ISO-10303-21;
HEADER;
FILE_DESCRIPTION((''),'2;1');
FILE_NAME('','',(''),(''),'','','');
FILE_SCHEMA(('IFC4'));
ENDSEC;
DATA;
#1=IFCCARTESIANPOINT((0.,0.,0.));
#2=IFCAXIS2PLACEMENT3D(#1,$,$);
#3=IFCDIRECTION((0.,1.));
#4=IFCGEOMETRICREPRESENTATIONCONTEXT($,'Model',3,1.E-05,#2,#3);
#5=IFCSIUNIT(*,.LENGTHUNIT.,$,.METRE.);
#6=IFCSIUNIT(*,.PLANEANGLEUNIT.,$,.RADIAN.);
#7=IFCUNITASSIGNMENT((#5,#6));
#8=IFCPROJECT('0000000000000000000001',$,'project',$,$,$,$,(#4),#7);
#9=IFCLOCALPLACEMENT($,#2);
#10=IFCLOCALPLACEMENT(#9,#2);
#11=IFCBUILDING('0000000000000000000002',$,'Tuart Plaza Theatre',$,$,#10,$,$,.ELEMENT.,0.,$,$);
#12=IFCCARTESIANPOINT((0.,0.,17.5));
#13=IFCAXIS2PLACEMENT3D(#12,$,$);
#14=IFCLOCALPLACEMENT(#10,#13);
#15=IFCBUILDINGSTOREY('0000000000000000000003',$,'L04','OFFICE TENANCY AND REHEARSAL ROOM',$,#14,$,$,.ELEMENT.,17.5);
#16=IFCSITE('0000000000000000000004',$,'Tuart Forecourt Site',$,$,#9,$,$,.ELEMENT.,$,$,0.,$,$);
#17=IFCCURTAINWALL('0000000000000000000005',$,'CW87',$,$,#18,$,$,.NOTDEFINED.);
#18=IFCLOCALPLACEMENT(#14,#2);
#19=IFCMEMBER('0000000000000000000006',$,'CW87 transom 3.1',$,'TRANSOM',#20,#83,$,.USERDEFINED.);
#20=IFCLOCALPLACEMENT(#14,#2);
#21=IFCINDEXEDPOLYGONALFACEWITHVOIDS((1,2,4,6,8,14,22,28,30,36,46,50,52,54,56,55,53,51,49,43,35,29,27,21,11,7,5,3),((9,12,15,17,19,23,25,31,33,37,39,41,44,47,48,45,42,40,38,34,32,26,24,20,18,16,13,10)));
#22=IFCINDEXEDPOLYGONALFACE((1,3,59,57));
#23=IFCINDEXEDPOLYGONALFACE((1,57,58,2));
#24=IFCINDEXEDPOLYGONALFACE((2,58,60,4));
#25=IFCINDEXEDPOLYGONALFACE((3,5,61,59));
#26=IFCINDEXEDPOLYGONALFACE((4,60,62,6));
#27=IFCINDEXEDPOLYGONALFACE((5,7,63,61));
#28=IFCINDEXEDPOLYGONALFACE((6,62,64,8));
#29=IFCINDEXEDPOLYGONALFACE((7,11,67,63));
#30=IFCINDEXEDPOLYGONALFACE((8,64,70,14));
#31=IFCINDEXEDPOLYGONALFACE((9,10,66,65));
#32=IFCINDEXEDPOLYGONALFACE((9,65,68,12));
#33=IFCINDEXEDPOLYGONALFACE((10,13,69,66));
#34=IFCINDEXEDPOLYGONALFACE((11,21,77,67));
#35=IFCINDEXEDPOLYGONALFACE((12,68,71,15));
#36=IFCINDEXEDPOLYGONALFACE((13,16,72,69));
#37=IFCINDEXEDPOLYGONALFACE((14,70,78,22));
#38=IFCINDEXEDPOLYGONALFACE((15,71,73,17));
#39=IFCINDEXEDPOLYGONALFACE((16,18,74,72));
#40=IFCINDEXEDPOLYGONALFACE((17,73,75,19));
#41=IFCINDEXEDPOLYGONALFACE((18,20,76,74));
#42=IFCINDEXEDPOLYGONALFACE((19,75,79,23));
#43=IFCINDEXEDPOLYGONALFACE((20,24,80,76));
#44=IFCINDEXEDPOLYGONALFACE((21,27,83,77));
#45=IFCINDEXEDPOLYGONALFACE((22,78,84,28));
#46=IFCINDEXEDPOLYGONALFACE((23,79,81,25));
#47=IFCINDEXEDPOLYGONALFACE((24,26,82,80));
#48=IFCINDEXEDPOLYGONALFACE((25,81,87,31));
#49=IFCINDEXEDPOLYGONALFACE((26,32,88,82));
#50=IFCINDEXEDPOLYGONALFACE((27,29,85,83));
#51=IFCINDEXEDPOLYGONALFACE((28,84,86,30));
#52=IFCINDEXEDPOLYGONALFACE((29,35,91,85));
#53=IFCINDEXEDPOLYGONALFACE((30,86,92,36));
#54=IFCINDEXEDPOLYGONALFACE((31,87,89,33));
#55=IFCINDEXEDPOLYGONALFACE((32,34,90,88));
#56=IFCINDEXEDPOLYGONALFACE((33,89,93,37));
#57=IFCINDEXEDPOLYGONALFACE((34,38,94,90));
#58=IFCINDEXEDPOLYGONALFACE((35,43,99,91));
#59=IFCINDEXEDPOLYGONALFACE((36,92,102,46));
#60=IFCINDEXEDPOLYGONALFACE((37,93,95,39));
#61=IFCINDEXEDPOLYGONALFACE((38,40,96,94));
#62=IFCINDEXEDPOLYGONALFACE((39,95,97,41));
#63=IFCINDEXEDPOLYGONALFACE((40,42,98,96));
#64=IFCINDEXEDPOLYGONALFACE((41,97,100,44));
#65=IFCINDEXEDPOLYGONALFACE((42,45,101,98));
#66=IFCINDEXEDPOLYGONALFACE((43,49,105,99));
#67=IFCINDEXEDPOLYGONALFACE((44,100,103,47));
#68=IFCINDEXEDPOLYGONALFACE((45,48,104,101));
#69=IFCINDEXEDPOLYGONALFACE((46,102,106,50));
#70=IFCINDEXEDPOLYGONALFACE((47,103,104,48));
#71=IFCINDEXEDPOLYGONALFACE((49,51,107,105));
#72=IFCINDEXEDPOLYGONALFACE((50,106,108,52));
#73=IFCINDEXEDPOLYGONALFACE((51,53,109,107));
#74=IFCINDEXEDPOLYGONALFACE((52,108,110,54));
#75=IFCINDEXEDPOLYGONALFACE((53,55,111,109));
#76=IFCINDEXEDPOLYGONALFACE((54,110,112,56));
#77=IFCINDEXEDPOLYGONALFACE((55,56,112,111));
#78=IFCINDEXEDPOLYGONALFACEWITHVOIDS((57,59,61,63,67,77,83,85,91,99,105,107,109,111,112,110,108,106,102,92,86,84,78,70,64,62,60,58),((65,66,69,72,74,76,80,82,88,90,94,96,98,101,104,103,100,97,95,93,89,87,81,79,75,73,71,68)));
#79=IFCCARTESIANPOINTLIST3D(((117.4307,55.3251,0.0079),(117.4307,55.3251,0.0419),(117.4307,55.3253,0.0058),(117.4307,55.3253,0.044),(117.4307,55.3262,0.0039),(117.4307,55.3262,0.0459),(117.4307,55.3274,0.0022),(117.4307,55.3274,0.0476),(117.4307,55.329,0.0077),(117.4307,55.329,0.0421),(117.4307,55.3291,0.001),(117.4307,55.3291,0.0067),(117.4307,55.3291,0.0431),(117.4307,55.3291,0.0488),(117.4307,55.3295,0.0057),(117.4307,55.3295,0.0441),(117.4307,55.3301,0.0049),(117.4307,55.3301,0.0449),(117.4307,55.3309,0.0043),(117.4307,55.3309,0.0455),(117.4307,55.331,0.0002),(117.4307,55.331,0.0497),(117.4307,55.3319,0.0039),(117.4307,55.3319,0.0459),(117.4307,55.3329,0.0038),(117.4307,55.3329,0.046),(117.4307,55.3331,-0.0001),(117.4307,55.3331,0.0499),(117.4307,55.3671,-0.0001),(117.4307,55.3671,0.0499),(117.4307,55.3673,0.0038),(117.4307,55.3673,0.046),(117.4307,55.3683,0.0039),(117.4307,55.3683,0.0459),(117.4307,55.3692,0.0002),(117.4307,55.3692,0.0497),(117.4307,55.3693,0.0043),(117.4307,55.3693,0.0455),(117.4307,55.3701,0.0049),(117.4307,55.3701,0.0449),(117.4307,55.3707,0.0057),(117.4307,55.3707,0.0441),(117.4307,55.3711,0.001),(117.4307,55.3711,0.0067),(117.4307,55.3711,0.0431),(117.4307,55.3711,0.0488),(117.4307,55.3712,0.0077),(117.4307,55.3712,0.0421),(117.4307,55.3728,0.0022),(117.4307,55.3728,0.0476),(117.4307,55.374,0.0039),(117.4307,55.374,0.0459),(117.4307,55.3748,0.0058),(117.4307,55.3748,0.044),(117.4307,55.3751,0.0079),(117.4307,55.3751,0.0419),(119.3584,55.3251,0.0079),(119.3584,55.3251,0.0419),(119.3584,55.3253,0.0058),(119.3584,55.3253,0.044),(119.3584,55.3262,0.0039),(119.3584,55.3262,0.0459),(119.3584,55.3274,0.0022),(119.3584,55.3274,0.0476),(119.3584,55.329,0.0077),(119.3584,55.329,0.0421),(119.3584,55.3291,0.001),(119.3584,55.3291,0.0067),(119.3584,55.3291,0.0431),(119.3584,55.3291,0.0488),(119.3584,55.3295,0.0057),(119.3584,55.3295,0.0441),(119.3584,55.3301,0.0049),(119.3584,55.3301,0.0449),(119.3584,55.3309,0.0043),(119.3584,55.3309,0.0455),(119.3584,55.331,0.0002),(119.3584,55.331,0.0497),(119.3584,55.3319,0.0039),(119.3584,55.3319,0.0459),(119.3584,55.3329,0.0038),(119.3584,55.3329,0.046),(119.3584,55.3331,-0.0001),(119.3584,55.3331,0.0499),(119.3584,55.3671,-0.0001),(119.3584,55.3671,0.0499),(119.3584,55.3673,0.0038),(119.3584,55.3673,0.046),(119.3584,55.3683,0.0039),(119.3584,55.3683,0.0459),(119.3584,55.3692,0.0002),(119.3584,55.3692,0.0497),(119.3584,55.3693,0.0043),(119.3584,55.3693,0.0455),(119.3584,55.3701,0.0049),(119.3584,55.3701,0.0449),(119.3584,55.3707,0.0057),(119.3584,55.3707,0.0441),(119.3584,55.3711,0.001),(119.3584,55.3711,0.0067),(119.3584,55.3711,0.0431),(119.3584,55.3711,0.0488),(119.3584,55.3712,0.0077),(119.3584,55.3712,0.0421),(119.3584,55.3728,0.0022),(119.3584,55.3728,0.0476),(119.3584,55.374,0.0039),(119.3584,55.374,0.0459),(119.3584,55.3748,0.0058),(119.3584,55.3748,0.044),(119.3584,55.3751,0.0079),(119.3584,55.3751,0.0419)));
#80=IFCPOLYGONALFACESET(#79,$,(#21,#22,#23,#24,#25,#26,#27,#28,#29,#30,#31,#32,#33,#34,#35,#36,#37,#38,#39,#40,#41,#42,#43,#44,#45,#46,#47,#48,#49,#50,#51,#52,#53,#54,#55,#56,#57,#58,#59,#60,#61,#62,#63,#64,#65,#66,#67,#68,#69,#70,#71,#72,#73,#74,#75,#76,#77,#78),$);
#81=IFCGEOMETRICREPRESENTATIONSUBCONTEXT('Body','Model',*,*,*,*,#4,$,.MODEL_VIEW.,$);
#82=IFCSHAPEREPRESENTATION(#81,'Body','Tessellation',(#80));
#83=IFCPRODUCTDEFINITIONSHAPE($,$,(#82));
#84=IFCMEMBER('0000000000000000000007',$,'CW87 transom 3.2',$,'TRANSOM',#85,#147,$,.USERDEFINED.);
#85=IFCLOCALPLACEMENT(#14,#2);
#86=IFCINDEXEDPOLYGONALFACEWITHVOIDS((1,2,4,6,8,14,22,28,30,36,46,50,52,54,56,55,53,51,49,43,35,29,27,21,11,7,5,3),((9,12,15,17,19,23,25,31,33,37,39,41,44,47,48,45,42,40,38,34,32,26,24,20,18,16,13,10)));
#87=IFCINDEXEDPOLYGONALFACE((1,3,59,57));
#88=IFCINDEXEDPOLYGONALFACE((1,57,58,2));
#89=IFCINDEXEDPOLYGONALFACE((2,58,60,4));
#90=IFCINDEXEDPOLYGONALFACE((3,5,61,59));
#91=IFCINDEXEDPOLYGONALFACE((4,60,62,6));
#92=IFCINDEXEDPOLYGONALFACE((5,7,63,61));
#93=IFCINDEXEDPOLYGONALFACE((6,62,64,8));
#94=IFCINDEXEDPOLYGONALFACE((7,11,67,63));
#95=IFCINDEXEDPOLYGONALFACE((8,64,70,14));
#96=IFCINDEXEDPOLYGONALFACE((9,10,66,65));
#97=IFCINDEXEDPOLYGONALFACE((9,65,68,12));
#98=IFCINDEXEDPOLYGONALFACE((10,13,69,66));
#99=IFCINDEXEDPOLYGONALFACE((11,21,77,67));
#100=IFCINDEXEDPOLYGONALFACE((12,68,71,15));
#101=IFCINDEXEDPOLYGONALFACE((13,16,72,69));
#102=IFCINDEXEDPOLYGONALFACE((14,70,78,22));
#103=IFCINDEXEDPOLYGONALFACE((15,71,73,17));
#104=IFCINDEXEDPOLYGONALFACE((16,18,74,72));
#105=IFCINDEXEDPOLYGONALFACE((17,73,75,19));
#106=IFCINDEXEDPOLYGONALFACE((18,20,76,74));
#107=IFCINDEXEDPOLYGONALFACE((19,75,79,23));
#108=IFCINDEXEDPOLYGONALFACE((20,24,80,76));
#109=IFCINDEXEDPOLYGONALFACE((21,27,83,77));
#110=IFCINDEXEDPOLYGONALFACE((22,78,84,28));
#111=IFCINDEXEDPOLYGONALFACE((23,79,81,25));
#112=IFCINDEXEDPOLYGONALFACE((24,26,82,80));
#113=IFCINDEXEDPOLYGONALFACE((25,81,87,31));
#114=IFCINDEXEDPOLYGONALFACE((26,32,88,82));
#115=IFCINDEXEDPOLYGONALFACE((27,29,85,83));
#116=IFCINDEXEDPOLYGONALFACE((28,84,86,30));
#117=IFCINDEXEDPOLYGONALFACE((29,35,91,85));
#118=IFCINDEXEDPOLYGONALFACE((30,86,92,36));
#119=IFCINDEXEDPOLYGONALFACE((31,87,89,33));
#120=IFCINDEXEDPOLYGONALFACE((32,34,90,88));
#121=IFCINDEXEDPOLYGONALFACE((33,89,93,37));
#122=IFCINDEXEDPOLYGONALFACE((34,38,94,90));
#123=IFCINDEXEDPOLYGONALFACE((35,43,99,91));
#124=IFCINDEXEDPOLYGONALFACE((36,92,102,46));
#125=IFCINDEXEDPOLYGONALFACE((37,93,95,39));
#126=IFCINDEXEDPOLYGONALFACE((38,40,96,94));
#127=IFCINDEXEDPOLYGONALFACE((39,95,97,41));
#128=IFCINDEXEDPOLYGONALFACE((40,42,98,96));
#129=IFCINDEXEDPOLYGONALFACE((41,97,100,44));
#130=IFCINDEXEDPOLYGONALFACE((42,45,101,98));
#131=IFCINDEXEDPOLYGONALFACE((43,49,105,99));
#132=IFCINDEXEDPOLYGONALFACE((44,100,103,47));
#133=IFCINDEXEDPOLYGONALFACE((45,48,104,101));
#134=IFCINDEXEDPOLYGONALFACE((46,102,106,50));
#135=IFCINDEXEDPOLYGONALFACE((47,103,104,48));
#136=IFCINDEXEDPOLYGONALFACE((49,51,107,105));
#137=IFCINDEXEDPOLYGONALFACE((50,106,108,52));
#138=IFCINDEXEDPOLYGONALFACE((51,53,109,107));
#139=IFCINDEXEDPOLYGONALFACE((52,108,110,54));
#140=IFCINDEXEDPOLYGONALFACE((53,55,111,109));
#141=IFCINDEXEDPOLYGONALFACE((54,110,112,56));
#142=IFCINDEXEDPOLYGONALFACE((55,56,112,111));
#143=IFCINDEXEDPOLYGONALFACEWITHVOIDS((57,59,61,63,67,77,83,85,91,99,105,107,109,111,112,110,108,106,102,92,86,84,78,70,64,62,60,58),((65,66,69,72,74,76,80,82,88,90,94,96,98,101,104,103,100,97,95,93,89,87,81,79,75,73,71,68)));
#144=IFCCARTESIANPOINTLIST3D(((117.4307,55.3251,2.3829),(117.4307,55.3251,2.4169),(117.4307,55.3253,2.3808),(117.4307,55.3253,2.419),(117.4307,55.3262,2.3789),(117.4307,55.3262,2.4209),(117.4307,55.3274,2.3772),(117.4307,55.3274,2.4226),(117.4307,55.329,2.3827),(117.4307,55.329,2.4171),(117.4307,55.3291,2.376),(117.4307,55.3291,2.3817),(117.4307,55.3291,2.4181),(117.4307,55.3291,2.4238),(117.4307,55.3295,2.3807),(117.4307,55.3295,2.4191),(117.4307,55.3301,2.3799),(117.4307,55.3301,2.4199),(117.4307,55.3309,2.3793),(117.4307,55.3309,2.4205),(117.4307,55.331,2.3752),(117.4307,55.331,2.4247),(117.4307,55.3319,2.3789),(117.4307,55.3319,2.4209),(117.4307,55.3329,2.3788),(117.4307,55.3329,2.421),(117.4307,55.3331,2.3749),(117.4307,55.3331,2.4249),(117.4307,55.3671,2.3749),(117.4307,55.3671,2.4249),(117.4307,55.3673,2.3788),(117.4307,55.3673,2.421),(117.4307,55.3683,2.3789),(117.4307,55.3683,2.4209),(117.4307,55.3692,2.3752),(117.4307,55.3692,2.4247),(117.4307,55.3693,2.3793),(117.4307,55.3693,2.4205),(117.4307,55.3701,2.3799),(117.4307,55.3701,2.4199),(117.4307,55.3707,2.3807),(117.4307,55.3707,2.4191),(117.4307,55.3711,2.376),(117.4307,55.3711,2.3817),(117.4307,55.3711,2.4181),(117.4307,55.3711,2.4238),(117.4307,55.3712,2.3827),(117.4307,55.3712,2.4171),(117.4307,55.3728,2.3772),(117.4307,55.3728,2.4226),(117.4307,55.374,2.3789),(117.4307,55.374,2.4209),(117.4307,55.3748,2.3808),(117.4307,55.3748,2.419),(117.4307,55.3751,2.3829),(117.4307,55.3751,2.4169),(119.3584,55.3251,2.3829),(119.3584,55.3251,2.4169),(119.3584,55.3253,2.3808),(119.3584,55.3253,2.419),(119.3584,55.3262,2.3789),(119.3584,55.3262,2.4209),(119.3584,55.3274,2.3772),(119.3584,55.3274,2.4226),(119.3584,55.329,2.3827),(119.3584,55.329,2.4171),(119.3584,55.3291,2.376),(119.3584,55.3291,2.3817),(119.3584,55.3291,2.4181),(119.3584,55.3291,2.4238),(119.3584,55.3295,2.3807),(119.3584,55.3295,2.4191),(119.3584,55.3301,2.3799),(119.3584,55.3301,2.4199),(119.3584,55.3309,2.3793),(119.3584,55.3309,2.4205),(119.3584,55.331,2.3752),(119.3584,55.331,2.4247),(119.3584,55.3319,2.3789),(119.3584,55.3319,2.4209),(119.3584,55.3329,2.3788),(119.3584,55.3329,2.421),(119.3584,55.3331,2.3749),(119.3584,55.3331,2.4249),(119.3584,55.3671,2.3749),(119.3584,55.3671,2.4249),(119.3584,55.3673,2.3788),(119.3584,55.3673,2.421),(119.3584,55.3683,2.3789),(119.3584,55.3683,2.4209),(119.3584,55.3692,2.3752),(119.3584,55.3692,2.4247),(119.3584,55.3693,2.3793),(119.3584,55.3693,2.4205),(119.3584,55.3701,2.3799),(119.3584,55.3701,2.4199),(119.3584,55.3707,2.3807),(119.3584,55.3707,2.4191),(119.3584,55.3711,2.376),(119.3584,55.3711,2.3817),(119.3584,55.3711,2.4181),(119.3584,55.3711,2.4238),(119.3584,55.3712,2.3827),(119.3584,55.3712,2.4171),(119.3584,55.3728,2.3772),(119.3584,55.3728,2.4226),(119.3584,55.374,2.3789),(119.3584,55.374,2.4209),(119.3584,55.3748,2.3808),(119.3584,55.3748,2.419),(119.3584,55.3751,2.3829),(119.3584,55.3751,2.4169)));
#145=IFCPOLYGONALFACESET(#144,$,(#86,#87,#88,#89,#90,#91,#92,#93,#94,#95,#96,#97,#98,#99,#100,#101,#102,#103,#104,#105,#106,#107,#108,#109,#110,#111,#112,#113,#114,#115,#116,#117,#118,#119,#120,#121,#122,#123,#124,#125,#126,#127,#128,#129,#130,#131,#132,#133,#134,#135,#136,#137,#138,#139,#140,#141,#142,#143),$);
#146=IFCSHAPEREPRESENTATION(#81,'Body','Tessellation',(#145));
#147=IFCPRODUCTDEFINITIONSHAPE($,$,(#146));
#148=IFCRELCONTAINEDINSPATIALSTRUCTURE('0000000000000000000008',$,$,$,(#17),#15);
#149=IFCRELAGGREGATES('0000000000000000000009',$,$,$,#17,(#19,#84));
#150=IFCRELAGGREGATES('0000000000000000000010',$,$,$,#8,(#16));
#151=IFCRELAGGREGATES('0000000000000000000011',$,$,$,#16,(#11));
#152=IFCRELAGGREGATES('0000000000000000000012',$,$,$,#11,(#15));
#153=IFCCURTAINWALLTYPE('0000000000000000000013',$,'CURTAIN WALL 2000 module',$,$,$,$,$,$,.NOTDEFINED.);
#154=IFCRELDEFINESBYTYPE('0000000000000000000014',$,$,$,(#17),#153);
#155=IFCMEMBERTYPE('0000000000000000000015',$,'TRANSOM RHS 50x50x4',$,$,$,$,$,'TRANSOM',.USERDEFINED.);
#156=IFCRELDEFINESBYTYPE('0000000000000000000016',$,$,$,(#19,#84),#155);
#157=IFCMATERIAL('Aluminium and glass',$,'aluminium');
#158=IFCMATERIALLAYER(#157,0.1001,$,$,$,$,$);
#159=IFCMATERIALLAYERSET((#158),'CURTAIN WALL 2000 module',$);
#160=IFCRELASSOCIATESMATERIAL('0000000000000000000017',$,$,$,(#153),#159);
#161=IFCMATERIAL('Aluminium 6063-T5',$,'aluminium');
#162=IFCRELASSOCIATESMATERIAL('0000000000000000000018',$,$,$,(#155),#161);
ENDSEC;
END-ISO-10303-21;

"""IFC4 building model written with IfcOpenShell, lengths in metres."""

from ifc_helpers import new_model, si_unit, direction, frame, origin, origin_2d, place, context, subcontext, project, spatial, hollow_rectangle, extrude, material, layer, layer_set, material_profile, profile_set, type_object, element, aggregate, save


model = new_model("IFC4")

# Units and contexts
model_context = context("Model", 3, precision=1e-05, world=origin(), true_north=direction((0.0, 1.0)))
body_context = subcontext(model_context, "Body", "Model", "MODEL_VIEW")
ifc_project = project(units=[si_unit("LENGTHUNIT", "METRE"), si_unit("PLANEANGLEUNIT", "RADIAN")], contexts=[model_context])

# Site, building, storey
site_placement = place(None, origin())
site = spatial("IfcSite", under=ifc_project, at=site_placement, Name="Tuart Forecourt Site", CompositionType="ELEMENT", RefElevation=0.0)
building_placement = place(site_placement, origin())
building = spatial("IfcBuilding", under=site, at=building_placement, Name="Tuart Plaza Theatre", CompositionType="ELEMENT", ElevationOfRefHeight=0.0)
storey_placement = place(building_placement, frame((0.0, 0.0, 17.5)))
storey = spatial("IfcBuildingStorey", under=building, at=storey_placement, Name="L04", Description="OFFICE TENANCY AND REHEARSAL ROOM", CompositionType="ELEMENT", Elevation=17.5)

# Curtain wall, members
ifc_material_1 = material(Name="Aluminium and glass", Category="aluminium")
ifc_layer_1 = layer(ifc_material_1, 0.1001)
ifc_layer_set_1 = layer_set([ifc_layer_1], Name="CURTAIN WALL 2000 module")
curtain_wall_type = type_object("IfcCurtainWallType", Name="CURTAIN WALL 2000 module", PredefinedType="NOTDEFINED", material=ifc_layer_set_1)
curtain_wall_placement = place(storey_placement, origin())
curtain_wall = element("IfcCurtainWall", 1, at=curtain_wall_placement, inside=storey, type_object=curtain_wall_type, Name="CW87", PredefinedType="NOTDEFINED")
ifc_material_2 = material(Name="Aluminium 6063-T5", Category="aluminium")
ifc_material_profile_1 = material_profile(ifc_material_2, hollow_rectangle(XDim=0.05, YDim=0.05, WallThickness=0.0039, InnerFilletRadius=0.0039, OuterFilletRadius=0.0081, at=origin_2d()), Name="RHS 50x50x4")
ifc_profile_set_1 = profile_set([ifc_material_profile_1], Name="Aluminium 6063-T5")
member_type_1 = type_object("IfcMemberType", Name="TRANSOM RHS 50x50x4", ElementType="TRANSOM", PredefinedType="USERDEFINED", material=ifc_profile_set_1)
member_1_placement = place(storey_placement, frame((117.4307, 55.3501, 0.0249), z_axis=(1.0, 0.0, 0.0), x_axis=(0.0, 1.0, 0.0)))
member_1 = element("IfcMember", 2, at=member_1_placement, type_object=member_type_1, Name="CW87 transom 3.1", ObjectType="TRANSOM", PredefinedType="USERDEFINED", context=body_context, shape_type="SweptSolid", body=[
    extrude(hollow_rectangle(XDim=0.05, YDim=0.05, WallThickness=0.0039, InnerFilletRadius=0.0039, OuterFilletRadius=0.0081, at=origin_2d()), origin(), (0.0, 0.0, 1.0), 1.9277),
])
member_2_placement = place(storey_placement, frame((117.4307, 55.3501, 2.3999), z_axis=(1.0, 0.0, 0.0), x_axis=(0.0, 1.0, 0.0)))
member_2 = element("IfcMember", 3, at=member_2_placement, type_object=member_type_1, Name="CW87 transom 3.2", ObjectType="TRANSOM", PredefinedType="USERDEFINED", context=body_context, shape_type="SweptSolid", body=[
    extrude(hollow_rectangle(XDim=0.05, YDim=0.05, WallThickness=0.0039, InnerFilletRadius=0.0039, OuterFilletRadius=0.0081, at=origin_2d()), origin(), (0.0, 0.0, 1.0), 1.9277),
])
aggregate(curtain_wall, [member_1, member_2])

save(model, "model.ifc")
